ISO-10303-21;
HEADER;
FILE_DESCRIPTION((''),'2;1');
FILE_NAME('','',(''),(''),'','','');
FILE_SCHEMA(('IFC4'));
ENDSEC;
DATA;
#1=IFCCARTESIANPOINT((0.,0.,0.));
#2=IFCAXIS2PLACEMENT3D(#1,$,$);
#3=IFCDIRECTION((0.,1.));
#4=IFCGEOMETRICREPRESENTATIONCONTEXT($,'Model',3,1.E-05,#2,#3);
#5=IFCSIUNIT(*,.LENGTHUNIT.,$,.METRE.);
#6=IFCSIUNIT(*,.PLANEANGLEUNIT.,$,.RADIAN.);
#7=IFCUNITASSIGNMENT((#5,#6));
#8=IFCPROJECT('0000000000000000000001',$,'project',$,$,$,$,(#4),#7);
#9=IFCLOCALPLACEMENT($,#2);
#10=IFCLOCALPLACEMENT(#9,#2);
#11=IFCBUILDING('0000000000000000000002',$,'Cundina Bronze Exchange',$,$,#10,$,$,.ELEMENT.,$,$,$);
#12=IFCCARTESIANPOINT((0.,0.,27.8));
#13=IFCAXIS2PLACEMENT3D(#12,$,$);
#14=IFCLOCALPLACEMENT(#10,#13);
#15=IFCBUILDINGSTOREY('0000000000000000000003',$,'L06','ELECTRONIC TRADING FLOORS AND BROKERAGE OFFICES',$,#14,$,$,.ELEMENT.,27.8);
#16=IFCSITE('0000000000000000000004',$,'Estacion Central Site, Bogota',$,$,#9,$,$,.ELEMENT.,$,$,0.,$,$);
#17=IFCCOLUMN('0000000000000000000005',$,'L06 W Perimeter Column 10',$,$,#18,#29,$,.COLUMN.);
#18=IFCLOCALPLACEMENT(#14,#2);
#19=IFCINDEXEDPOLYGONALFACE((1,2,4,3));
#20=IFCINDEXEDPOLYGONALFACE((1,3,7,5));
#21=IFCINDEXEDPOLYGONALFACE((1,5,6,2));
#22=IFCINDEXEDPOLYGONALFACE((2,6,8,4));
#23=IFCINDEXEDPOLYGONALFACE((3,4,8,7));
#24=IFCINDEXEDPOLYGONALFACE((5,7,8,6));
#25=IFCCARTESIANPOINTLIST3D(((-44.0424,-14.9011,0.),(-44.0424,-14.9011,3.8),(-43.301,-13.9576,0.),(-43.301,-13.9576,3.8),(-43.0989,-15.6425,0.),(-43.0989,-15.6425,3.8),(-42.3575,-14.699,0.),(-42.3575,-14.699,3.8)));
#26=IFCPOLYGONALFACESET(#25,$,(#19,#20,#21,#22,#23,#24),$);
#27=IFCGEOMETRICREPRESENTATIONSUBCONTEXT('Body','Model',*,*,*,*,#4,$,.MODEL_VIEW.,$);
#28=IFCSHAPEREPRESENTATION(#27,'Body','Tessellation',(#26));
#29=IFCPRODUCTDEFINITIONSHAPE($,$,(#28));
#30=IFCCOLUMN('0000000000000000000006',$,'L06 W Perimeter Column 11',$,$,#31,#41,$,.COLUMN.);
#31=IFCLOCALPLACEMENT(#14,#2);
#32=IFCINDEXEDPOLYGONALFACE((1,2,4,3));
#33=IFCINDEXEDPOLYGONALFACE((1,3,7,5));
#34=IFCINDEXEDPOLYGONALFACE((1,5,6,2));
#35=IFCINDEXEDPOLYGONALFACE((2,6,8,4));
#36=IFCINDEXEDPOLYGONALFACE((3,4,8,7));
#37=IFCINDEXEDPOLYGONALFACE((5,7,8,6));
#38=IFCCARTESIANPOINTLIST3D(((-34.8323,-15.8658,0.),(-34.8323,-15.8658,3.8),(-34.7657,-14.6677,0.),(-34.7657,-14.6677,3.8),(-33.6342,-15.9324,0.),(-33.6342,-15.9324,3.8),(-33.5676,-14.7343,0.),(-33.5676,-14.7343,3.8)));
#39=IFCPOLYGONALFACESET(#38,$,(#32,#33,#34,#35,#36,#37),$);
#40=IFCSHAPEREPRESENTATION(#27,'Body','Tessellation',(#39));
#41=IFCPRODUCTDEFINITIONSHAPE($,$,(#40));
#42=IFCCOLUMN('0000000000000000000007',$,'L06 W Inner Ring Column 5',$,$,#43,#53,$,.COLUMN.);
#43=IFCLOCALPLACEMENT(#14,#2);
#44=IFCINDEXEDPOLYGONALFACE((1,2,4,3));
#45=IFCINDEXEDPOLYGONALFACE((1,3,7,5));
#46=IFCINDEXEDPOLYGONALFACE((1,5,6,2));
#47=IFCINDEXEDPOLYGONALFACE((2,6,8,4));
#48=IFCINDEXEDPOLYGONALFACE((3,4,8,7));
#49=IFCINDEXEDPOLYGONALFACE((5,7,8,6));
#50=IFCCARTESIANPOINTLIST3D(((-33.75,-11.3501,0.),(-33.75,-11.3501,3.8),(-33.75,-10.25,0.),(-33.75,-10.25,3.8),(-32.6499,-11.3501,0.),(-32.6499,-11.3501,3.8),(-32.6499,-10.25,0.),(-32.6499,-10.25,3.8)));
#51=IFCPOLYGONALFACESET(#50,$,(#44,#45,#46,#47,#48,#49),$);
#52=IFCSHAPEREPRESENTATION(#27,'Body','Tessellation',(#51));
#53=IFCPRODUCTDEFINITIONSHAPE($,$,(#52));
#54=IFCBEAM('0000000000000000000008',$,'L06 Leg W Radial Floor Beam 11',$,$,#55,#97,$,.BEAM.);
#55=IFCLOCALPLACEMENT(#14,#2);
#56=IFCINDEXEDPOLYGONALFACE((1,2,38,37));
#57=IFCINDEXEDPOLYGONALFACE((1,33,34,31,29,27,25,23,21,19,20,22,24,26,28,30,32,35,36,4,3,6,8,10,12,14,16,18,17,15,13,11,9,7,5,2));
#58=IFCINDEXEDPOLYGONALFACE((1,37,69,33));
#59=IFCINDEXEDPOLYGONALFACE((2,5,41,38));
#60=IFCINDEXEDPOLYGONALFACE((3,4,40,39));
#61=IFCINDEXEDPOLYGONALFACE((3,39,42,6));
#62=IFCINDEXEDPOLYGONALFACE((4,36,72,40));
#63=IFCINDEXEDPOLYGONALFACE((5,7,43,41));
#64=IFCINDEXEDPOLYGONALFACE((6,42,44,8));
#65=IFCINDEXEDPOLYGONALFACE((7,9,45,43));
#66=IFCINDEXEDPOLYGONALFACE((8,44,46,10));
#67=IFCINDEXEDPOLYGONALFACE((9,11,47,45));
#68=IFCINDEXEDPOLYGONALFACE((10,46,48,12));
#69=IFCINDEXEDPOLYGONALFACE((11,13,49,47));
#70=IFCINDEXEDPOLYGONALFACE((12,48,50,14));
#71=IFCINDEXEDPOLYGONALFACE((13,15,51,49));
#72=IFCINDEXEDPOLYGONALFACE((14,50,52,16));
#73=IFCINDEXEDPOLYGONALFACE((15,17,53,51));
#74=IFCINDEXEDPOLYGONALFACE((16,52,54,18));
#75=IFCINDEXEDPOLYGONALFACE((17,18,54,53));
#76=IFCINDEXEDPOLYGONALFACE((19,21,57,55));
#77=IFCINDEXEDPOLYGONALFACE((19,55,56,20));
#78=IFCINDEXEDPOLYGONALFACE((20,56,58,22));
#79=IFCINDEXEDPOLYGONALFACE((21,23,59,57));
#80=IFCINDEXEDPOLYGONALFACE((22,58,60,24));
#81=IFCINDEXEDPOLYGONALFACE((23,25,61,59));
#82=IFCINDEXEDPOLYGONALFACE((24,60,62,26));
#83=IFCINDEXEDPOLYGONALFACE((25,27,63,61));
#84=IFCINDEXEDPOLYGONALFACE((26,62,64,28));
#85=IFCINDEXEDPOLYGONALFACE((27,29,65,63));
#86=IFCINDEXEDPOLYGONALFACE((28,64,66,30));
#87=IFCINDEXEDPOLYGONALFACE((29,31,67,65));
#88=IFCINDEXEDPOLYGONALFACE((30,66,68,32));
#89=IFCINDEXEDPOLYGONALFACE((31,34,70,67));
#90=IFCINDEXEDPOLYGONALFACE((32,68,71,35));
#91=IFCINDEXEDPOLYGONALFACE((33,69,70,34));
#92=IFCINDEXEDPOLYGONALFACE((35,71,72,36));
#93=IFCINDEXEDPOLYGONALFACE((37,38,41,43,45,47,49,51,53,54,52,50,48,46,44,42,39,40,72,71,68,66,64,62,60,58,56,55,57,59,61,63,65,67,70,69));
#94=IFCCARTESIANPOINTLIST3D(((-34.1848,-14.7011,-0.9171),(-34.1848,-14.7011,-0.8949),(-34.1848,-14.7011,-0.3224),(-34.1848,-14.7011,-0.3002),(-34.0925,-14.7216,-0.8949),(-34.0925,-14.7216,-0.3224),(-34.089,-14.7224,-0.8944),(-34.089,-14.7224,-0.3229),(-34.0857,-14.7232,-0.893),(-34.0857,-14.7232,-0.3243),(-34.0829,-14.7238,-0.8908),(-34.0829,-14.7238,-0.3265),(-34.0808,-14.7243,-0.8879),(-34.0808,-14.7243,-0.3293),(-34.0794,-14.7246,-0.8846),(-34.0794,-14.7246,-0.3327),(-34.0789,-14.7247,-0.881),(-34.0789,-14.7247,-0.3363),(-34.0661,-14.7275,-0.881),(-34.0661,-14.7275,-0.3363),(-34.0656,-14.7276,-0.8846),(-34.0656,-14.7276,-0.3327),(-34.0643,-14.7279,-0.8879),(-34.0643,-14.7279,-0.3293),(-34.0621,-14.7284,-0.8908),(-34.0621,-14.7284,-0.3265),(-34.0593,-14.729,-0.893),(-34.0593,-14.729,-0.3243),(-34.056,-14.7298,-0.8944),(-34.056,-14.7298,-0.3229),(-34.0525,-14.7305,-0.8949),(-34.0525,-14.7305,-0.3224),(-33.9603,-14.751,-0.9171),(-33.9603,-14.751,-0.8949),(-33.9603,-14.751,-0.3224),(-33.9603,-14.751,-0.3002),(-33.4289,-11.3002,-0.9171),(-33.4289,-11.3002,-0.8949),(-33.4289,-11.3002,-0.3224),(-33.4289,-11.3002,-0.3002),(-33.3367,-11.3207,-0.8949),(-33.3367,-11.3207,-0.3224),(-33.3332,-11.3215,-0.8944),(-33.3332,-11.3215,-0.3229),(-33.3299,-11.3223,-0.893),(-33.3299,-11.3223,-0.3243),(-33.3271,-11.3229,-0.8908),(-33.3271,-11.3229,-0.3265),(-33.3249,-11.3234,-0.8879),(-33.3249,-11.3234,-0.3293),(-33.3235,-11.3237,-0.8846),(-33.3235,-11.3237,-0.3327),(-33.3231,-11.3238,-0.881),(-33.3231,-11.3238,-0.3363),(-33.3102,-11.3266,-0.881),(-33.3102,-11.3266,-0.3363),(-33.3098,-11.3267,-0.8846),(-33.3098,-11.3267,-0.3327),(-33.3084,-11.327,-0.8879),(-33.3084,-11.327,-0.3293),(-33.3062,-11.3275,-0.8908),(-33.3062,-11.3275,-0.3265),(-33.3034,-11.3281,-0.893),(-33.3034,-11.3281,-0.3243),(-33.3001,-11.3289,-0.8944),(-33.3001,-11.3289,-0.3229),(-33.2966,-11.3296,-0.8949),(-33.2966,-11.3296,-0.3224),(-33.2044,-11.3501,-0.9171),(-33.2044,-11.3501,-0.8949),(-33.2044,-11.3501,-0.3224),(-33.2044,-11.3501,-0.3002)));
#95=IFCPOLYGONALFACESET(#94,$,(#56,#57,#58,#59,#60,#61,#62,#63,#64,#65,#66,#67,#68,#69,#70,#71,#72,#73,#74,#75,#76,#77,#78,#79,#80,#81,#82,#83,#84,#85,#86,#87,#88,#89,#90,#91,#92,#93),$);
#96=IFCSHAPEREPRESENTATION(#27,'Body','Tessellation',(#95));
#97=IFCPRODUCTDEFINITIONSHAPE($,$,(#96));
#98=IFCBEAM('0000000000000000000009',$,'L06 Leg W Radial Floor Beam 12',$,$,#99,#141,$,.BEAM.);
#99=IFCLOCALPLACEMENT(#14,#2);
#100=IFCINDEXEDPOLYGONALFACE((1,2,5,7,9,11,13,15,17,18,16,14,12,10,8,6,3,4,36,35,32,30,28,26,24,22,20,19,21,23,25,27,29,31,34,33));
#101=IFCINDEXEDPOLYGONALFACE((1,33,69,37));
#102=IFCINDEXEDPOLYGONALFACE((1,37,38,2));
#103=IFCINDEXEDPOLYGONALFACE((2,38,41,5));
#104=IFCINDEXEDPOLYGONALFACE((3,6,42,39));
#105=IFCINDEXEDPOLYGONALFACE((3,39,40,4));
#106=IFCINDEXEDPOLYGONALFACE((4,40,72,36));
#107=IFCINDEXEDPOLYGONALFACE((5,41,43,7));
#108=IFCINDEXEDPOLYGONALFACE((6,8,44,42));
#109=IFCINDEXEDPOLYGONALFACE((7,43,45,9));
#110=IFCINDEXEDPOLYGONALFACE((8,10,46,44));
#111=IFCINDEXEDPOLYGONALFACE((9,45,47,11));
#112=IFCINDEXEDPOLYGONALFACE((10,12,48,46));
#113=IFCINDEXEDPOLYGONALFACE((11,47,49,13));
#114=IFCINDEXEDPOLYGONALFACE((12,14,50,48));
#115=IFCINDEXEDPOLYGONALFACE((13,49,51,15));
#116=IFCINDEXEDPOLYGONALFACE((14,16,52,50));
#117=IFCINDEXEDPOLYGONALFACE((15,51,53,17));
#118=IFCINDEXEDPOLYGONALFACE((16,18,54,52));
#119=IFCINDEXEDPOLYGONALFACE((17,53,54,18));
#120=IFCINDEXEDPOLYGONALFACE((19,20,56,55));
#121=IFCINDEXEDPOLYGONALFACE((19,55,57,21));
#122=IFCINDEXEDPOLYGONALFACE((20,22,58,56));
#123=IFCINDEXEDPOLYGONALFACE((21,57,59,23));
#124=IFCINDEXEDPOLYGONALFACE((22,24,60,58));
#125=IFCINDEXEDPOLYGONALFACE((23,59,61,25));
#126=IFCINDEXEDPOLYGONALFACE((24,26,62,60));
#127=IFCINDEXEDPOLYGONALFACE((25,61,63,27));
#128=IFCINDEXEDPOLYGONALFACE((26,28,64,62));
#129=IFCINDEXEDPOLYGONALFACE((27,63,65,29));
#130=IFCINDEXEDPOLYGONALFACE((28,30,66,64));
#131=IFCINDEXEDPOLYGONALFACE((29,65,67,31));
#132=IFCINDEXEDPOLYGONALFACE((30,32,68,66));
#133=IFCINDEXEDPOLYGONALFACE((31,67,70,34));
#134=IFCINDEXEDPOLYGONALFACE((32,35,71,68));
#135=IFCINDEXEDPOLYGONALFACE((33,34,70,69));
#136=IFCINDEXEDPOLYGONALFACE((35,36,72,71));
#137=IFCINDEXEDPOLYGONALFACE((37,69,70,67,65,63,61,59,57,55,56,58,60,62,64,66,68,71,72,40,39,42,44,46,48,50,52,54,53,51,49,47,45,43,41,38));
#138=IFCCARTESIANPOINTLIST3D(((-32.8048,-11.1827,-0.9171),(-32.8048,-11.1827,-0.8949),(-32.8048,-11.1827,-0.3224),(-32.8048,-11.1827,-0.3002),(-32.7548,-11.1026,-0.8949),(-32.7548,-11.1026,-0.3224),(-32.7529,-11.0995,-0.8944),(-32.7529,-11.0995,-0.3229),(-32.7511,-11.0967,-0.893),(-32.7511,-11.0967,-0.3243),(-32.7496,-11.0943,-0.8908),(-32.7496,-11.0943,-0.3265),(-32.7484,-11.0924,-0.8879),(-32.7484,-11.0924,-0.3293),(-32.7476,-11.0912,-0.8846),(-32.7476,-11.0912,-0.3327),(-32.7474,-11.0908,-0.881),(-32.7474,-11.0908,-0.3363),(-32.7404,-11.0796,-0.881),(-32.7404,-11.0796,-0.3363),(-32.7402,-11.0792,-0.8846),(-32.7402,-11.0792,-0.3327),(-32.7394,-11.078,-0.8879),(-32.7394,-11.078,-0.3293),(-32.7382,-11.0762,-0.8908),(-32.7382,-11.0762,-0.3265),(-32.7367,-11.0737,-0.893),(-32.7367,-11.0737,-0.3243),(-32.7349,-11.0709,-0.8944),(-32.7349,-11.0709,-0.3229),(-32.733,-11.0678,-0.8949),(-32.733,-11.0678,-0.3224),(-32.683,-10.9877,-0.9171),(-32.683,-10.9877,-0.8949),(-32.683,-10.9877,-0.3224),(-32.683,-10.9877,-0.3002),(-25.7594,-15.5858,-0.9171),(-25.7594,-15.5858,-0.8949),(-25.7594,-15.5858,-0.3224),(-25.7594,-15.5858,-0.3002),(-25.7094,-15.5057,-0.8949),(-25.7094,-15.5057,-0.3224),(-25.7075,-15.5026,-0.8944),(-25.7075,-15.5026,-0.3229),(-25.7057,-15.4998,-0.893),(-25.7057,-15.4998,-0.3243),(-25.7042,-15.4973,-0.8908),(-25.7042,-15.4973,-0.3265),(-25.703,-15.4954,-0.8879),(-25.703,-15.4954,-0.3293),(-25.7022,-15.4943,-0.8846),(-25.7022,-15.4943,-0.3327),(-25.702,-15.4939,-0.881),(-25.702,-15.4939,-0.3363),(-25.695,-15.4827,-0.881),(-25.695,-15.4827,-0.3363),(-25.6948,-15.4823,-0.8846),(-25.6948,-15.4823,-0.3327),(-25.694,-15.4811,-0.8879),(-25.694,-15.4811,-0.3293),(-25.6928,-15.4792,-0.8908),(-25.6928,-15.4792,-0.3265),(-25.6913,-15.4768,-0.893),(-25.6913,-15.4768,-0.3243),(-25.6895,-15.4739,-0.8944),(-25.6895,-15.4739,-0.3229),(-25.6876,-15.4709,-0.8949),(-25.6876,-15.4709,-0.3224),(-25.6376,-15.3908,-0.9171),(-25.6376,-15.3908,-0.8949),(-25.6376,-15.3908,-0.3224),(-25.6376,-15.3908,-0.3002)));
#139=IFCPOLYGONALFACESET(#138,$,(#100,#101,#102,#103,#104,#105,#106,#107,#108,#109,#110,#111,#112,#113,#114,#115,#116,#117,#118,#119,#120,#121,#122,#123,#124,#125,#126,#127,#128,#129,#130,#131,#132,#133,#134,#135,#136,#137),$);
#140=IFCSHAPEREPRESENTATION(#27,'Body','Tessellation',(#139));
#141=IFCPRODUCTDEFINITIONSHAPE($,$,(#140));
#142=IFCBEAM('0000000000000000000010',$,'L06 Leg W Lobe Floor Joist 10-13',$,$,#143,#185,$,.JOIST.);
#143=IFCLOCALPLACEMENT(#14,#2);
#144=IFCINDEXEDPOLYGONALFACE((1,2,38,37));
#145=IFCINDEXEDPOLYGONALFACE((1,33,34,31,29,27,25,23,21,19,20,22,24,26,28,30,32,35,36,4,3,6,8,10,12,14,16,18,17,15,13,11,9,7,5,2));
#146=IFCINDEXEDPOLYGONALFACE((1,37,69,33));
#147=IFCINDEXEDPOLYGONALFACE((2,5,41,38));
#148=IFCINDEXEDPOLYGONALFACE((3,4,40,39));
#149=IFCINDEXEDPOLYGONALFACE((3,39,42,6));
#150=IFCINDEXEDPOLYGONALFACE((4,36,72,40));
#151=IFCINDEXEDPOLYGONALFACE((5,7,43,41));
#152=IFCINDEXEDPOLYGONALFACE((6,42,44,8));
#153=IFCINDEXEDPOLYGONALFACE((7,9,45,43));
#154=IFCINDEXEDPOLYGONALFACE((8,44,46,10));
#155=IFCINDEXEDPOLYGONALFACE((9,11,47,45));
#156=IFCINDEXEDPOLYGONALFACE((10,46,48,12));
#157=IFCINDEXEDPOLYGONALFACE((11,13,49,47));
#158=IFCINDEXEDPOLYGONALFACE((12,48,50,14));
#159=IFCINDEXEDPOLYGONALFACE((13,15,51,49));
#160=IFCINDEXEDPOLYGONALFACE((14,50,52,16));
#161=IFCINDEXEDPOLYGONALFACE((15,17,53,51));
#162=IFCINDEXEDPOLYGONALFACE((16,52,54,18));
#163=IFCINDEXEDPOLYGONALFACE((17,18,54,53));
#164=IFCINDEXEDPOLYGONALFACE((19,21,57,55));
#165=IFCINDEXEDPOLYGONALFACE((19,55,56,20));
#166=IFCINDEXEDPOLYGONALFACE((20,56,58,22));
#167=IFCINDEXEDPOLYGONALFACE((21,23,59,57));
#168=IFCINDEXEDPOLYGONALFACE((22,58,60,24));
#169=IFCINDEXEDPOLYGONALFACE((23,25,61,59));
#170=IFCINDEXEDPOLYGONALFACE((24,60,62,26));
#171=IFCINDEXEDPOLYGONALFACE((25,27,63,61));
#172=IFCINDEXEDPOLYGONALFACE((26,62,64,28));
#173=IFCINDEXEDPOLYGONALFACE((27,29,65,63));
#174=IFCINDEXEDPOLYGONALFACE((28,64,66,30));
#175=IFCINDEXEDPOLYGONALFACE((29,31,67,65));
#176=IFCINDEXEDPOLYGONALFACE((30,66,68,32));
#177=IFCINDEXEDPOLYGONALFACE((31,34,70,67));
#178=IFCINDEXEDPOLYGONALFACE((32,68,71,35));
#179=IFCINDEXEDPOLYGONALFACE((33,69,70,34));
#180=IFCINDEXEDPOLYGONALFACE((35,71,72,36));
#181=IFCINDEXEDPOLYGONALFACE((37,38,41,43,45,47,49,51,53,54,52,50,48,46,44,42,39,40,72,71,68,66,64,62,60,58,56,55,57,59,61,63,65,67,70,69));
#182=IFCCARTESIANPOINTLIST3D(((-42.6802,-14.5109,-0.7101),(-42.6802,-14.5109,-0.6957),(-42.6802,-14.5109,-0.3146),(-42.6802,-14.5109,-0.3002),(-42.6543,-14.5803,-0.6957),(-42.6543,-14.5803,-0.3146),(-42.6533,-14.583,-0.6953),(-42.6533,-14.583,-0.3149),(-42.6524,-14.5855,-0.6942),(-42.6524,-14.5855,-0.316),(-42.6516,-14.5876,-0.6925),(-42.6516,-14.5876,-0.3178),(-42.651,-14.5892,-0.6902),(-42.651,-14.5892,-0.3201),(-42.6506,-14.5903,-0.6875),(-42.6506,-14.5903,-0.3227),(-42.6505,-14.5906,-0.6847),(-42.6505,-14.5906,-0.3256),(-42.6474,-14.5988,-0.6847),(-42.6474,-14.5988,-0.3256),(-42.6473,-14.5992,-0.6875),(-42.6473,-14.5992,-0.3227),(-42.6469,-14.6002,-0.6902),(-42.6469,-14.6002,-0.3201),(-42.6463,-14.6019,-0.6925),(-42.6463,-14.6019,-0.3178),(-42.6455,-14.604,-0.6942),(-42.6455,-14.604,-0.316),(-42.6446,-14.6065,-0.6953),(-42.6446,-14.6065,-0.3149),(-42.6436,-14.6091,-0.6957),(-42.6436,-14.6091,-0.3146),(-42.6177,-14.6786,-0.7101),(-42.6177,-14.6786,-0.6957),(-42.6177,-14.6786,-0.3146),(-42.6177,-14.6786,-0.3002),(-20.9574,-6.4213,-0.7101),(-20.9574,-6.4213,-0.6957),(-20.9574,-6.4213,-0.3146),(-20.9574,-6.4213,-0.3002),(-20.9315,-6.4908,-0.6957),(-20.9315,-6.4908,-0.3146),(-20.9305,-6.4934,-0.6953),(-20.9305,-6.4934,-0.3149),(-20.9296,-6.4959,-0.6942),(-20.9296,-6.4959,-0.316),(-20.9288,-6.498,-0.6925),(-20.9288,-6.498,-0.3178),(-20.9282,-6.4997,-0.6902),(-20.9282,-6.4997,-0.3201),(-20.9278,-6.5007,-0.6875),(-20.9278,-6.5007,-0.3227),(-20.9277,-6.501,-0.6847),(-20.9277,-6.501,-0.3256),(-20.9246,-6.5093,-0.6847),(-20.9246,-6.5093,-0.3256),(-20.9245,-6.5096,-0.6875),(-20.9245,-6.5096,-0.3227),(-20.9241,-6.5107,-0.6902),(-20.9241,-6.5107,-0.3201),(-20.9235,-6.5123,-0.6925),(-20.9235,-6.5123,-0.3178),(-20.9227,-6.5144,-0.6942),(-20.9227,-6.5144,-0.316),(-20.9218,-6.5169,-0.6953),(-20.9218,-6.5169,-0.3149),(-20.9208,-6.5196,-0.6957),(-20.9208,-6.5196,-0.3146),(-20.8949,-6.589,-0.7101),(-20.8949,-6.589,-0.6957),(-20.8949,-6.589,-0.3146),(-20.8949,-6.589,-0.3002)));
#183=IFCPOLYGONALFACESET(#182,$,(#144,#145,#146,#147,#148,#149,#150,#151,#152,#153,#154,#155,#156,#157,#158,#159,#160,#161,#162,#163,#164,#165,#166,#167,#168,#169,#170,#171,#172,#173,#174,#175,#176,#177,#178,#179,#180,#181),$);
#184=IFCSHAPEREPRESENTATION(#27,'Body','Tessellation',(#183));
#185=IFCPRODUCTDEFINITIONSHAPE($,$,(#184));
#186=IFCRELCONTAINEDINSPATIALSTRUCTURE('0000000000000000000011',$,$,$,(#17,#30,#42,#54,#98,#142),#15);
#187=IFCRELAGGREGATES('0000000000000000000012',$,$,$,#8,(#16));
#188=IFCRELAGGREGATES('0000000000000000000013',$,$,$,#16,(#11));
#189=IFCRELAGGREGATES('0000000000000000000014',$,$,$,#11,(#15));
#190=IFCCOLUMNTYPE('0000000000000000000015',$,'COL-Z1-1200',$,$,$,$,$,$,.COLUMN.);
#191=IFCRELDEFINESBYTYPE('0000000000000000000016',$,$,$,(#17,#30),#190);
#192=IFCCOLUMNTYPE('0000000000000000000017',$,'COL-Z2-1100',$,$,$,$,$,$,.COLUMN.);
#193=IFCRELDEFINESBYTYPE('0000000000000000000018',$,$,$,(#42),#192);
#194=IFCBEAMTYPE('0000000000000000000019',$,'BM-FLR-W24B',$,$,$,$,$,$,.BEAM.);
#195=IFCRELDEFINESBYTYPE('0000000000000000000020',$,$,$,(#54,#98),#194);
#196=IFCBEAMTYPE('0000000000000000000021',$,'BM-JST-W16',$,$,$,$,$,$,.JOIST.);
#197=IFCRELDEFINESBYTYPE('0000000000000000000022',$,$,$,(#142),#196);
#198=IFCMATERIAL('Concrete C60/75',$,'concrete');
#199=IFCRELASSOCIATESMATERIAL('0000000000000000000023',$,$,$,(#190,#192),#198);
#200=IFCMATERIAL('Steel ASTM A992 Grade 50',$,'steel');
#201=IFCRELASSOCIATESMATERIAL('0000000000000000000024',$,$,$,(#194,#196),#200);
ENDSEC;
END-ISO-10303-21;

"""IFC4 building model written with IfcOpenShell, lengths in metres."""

from ifc_helpers import new_model, si_unit, direction, frame, origin, origin_2d, place, context, subcontext, project, spatial, rectangle, i_section, extrude, material, material_profile, profile_set, type_object, element, save


model = new_model("IFC4")

# Units and contexts
model_context = context("Model", 3, precision=1e-05, world=origin(), true_north=direction((0.0, 1.0)))
body_context = subcontext(model_context, "Body", "Model", "MODEL_VIEW")
ifc_project = project(units=[si_unit("LENGTHUNIT", "METRE"), si_unit("PLANEANGLEUNIT", "RADIAN")], contexts=[model_context])

# Site, building, storey
site_placement = place(None, origin())
site = spatial("IfcSite", under=ifc_project, at=site_placement, Name="Estacion Central Site, Bogota", CompositionType="ELEMENT", RefElevation=0.0)
building_placement = place(site_placement, origin())
building = spatial("IfcBuilding", under=site, at=building_placement, Name="Cundina Bronze Exchange", CompositionType="ELEMENT")
storey_placement = place(building_placement, frame((0.0, 0.0, 27.8)))
storey = spatial("IfcBuildingStorey", under=building, at=storey_placement, Name="L06", Description="ELECTRONIC TRADING FLOORS AND BROKERAGE OFFICES", CompositionType="ELEMENT", Elevation=27.8)

# Columns
ifc_material_1 = material(Name="Concrete C60/75", Category="concrete")
ifc_material_profile_1 = material_profile(ifc_material_1, rectangle(XDim=1.2, YDim=1.2, at=origin_2d()), Name="RC1200X1200", Category="concrete")
ifc_profile_set_1 = profile_set([ifc_material_profile_1], Name="Concrete C60/75")
column_type_1 = type_object("IfcColumnType", Name="COL-Z1-1200", PredefinedType="COLUMN", material=ifc_profile_set_1)
for number, where, z_axis, x_axis, name in (
    (1, (-43.2, -14.8, 0.0), (0.0, 0.0, 1.0), (0.786288, -0.61786, 0.0), "L06 W Perimeter Column 10"),
    (2, (-34.2, -15.3, 0.0), (0.0, 0.0, 1.0), (0.99846, -0.055473, 0.0), "L06 W Perimeter Column 11"),
):
    element("IfcColumn", number, at=place(storey_placement, frame(where, z_axis=z_axis, x_axis=x_axis)), inside=storey, type_object=column_type_1, Name=name, PredefinedType="COLUMN", context=body_context, shape_type="SweptSolid", body=[
        extrude(rectangle(XDim=1.2, YDim=1.2, at=origin_2d()), origin(), (0.0, 0.0, 1.0), 3.8),
    ])
ifc_material_profile_2 = material_profile(ifc_material_1, rectangle(XDim=1.1001, YDim=1.1001, at=origin_2d()), Name="RC1100X1100", Category="concrete")
ifc_profile_set_2 = profile_set([ifc_material_profile_2], Name="Concrete C60/75")
column_type_2 = type_object("IfcColumnType", Name="COL-Z2-1100", PredefinedType="COLUMN", material=ifc_profile_set_2)
column_placement = place(storey_placement, frame((-33.2, -10.8, 0.0), z_axis=(0.0, 0.0, 1.0), x_axis=(1.0, 0.0, 0.0)))
element("IfcColumn", 3, at=column_placement, inside=storey, type_object=column_type_2, Name="L06 W Inner Ring Column 5", PredefinedType="COLUMN", context=body_context, shape_type="SweptSolid", body=[
    extrude(rectangle(XDim=1.1001, YDim=1.1001, at=origin_2d()), origin(), (0.0, 0.0, 1.0), 3.8),
])

# Beams
ifc_material_2 = material(Name="Steel ASTM A992 Grade 50", Category="steel")
ifc_material_profile_3 = material_profile(ifc_material_2, i_section(OverallWidth=0.23, OverallDepth=0.6169, WebThickness=0.0132, FlangeThickness=0.0222, FilletRadius=0.0139, at=origin_2d()), Name="W24X94", Category="steel")
ifc_profile_set_3 = profile_set([ifc_material_profile_3], Name="Steel ASTM A992 Grade 50")
beam_type_1 = type_object("IfcBeamType", Name="BM-FLR-W24B", PredefinedType="BEAM", material=ifc_profile_set_3)
beam_1_placement = place(storey_placement, frame((-33.3167, -11.3252, -0.6086), z_axis=(-0.21696, -0.97618, 0.0), x_axis=(0.97618, -0.21696, 0.0)))
element("IfcBeam", 4, at=beam_1_placement, inside=storey, type_object=beam_type_1, Name="L06 Leg W Radial Floor Beam 11", PredefinedType="BEAM", context=body_context, shape_type="SweptSolid", body=[
    extrude(i_section(OverallWidth=0.23, OverallDepth=0.6169, WebThickness=0.0132, FlangeThickness=0.0222, FilletRadius=0.0139, at=origin_2d()), origin(), (0.0, 0.0, 1.0), 3.4839),
])
beam_2_placement = place(storey_placement, frame((-32.7439, -11.0852, -0.6086), z_axis=(0.848015, -0.529973, 0.0), x_axis=(0.529973, 0.848015, 0.0)))
element("IfcBeam", 5, at=beam_2_placement, inside=storey, type_object=beam_type_1, Name="L06 Leg W Radial Floor Beam 12", PredefinedType="BEAM", context=body_context, shape_type="SweptSolid", body=[
    extrude(i_section(OverallWidth=0.23, OverallDepth=0.6169, WebThickness=0.0132, FlangeThickness=0.0222, FilletRadius=0.0139, at=origin_2d()), origin(), (0.0, 0.0, 1.0), 8.3081),
])
ifc_material_profile_4 = material_profile(ifc_material_2, i_section(OverallWidth=0.179, OverallDepth=0.4099, WebThickness=0.0088, FlangeThickness=0.0144, FilletRadius=0.011, at=origin_2d()), Name="W16X45", Category="steel")
ifc_profile_set_4 = profile_set([ifc_material_profile_4], Name="Steel ASTM A992 Grade 50")
beam_type_2 = type_object("IfcBeamType", Name="BM-JST-W16", PredefinedType="JOIST", material=ifc_profile_set_4)
beam_3_placement = place(storey_placement, frame((-42.6489, -14.5947, -0.5051), z_axis=(0.937128, 0.348986, 0.0), x_axis=(-0.348986, 0.937128, 0.0)))
element("IfcBeam", 6, at=beam_3_placement, inside=storey, type_object=beam_type_2, Name="L06 Leg W Lobe Floor Joist 10-13", PredefinedType="JOIST", context=body_context, shape_type="SweptSolid", body=[
    extrude(i_section(OverallWidth=0.179, OverallDepth=0.4099, WebThickness=0.0088, FlangeThickness=0.0144, FilletRadius=0.011, at=origin_2d()), origin(), (0.0, 0.0, 1.0), 23.1802),
])

save(model, "model.ifc")
